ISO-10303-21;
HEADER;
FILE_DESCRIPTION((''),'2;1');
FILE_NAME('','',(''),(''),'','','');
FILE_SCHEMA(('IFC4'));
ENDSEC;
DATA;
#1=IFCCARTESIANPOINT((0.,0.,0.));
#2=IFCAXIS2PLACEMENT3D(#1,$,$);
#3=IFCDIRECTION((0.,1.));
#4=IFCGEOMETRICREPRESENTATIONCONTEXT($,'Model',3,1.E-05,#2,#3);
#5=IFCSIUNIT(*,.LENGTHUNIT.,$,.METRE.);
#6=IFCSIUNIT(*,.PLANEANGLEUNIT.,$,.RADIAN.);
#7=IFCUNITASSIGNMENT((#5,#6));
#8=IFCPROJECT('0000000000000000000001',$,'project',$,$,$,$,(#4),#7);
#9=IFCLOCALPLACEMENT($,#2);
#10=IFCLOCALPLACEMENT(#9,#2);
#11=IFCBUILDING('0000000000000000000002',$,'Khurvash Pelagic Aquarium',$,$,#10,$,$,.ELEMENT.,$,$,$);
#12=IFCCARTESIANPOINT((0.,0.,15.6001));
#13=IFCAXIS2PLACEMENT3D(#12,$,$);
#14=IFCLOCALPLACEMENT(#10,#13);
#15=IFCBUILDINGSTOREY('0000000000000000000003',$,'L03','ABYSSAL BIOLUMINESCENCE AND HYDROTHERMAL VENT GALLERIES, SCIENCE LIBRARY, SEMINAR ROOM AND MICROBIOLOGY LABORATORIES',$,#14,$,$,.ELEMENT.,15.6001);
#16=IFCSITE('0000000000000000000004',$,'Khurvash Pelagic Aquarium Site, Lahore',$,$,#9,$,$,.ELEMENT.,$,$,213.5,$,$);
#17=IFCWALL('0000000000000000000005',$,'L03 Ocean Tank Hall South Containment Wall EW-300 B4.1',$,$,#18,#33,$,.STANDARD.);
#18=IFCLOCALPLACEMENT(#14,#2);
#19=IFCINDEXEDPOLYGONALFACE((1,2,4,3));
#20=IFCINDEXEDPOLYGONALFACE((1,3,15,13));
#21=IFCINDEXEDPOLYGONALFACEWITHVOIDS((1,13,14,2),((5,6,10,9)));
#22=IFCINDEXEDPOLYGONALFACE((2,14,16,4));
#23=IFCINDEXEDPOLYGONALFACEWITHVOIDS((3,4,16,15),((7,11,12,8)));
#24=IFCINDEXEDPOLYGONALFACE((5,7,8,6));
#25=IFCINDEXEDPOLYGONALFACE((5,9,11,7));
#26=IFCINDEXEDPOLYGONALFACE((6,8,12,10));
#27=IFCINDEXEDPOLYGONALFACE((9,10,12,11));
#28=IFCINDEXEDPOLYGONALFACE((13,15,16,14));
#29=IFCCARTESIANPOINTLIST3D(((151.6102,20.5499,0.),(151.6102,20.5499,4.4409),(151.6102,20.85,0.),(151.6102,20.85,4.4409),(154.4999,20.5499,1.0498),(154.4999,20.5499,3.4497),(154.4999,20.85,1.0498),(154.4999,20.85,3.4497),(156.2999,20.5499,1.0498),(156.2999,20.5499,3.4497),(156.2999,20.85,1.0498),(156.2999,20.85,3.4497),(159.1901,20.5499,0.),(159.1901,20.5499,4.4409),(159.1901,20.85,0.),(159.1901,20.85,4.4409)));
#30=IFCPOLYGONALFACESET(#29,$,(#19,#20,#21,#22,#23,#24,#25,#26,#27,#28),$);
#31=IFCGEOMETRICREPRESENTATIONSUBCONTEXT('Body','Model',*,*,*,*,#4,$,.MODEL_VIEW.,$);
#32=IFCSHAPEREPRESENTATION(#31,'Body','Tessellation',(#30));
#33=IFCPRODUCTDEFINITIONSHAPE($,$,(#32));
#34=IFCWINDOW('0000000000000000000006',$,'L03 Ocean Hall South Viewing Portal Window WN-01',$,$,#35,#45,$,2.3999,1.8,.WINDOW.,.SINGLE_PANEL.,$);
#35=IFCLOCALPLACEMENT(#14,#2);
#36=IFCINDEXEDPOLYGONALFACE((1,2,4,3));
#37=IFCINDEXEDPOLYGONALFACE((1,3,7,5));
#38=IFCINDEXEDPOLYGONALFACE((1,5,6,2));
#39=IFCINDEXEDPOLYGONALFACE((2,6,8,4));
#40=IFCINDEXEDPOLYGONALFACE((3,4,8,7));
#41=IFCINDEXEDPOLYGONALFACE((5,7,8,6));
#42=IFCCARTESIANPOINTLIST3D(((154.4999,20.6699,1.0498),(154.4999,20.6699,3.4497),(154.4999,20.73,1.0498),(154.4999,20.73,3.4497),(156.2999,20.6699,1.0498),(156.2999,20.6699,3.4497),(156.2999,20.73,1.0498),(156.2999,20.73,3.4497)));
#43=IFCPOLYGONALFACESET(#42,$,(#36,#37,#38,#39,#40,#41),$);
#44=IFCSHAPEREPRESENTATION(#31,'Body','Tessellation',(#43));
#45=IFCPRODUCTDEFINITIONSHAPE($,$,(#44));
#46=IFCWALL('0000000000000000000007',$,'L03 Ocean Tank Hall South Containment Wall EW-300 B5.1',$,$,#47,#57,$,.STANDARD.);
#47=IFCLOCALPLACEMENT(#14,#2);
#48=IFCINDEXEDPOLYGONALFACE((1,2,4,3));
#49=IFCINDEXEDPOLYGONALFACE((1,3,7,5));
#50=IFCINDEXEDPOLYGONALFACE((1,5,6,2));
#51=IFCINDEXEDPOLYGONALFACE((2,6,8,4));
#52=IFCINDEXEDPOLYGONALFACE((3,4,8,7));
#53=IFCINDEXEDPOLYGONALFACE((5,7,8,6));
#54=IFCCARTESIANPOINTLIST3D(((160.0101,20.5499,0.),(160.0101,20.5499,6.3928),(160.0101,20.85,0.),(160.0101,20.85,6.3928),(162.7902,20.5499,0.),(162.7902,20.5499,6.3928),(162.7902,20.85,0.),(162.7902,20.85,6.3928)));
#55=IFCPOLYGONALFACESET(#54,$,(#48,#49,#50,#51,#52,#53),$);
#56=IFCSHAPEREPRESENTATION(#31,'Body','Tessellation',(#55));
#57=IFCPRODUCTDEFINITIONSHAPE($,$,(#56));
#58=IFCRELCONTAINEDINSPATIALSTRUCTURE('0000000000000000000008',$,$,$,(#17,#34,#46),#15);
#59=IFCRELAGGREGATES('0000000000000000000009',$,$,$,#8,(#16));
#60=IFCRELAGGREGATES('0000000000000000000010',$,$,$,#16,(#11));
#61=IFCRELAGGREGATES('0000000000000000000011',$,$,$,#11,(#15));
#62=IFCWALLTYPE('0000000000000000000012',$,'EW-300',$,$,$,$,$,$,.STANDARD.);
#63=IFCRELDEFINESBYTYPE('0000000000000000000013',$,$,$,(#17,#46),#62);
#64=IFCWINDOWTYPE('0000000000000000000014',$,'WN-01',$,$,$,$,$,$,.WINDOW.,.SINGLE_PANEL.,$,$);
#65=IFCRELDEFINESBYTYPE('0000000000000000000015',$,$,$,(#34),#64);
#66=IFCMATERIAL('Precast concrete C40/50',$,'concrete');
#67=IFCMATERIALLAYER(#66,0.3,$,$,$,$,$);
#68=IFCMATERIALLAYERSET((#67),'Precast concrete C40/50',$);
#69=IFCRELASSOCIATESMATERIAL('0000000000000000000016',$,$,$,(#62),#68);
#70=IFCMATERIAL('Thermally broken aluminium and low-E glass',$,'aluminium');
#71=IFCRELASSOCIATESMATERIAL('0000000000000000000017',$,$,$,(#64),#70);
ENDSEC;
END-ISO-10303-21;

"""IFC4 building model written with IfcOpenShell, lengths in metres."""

from ifc_helpers import new_model, si_unit, direction, frame, frame_2d, origin, place, context, subcontext, project, spatial, rectangle, extrude, material, layer, layer_set, type_object, element, fill, save


model = new_model("IFC4")

# Units and contexts
model_context = context("Model", 3, precision=1e-05, world=origin(), true_north=direction((0.0, 1.0)))
body_context = subcontext(model_context, "Body", "Model", "MODEL_VIEW")
ifc_project = project(units=[si_unit("LENGTHUNIT", "METRE"), si_unit("PLANEANGLEUNIT", "RADIAN")], contexts=[model_context])

# Site, building, storey
site_placement = place(None, origin())
site = spatial("IfcSite", under=ifc_project, at=site_placement, Name="Khurvash Pelagic Aquarium Site, Lahore", CompositionType="ELEMENT", RefElevation=213.5)
building_placement = place(site_placement, origin())
building = spatial("IfcBuilding", under=site, at=building_placement, Name="Khurvash Pelagic Aquarium", CompositionType="ELEMENT")
storey_placement = place(building_placement, frame((0.0, 0.0, 15.6001)))
storey = spatial("IfcBuildingStorey", under=building, at=storey_placement, Name="L03", Description="ABYSSAL BIOLUMINESCENCE AND HYDROTHERMAL VENT GALLERIES, SCIENCE LIBRARY, SEMINAR ROOM AND MICROBIOLOGY LABORATORIES", CompositionType="ELEMENT", Elevation=15.6001)

# Shared definitions
ifc_material_1 = material(Name="Precast concrete C40/50", Category="concrete")
ifc_layer_1 = layer(ifc_material_1, 0.3)
ifc_layer_set_1 = layer_set([ifc_layer_1], Name="Precast concrete C40/50")
wall_type = type_object("IfcWallType", Name="EW-300", PredefinedType="STANDARD", material=ifc_layer_set_1)

# Wall, opening, window
wall_1_placement = place(storey_placement, frame((151.6101, 20.7, 0.0), z_axis=(0.0, 0.0, 1.0), x_axis=(1.0, 0.0, 0.0)))
wall_1 = element("IfcWall", 1, at=wall_1_placement, inside=storey, type_object=wall_type, Name="L03 Ocean Tank Hall South Containment Wall EW-300 B4.1", PredefinedType="STANDARD", context=body_context, shape_type="SweptSolid", body=[
    extrude(rectangle(XDim=7.5798, YDim=0.3, at=frame_2d((3.79, 0.0))), origin(), (0.0, 0.0, 1.0), 4.4409),
])
opening_placement = place(wall_1_placement, frame((2.8899, 0.0, 1.0498)))
opening = element("IfcOpeningElement", 2, at=opening_placement, cuts=wall_1, PredefinedType="OPENING", context=body_context, shape_type="SweptSolid", body=[
    extrude(rectangle(XDim=1.8, YDim=2.3999, at=frame_2d((0.8999, 1.2))), frame((0.0, 0.1602, 0.0), z_axis=(0.0, -1.0, 0.0), x_axis=(1.0, 0.0, 0.0)), (0.0, 0.0, 1.0), 0.3201),
])
ifc_material_2 = material(Name="Thermally broken aluminium and low-E glass", Category="aluminium")
window_type = type_object("IfcWindowType", Name="WN-01", PartitioningType="SINGLE_PANEL", PredefinedType="WINDOW", material=ifc_material_2)
window_placement = place(opening_placement, origin())
window = element("IfcWindow", 3, at=window_placement, inside=storey, type_object=window_type, Name="L03 Ocean Hall South Viewing Portal Window WN-01", OverallHeight=2.3999, OverallWidth=1.8, PartitioningType="SINGLE_PANEL", PredefinedType="WINDOW", context=body_context, shape_type="SweptSolid", body=[
    extrude(rectangle(XDim=1.8, YDim=2.3999, at=frame_2d((0.8999, 1.2))), frame((0.0, 0.03, 0.0), z_axis=(0.0, -1.0, 0.0), x_axis=(1.0, 0.0, 0.0)), (0.0, 0.0, 1.0), 0.0601),
])
fill(opening, window)

# Wall
wall_2_placement = place(storey_placement, frame((160.01, 20.7, 0.0), z_axis=(0.0, 0.0, 1.0), x_axis=(1.0, 0.0, 0.0)))
element("IfcWall", 4, at=wall_2_placement, inside=storey, type_object=wall_type, Name="L03 Ocean Tank Hall South Containment Wall EW-300 B5.1", PredefinedType="STANDARD", context=body_context, shape_type="SweptSolid", body=[
    extrude(rectangle(XDim=2.78, YDim=0.3, at=frame_2d((1.3901, 0.0))), origin(), (0.0, 0.0, 1.0), 6.3928),
])

save(model, "model.ifc")
